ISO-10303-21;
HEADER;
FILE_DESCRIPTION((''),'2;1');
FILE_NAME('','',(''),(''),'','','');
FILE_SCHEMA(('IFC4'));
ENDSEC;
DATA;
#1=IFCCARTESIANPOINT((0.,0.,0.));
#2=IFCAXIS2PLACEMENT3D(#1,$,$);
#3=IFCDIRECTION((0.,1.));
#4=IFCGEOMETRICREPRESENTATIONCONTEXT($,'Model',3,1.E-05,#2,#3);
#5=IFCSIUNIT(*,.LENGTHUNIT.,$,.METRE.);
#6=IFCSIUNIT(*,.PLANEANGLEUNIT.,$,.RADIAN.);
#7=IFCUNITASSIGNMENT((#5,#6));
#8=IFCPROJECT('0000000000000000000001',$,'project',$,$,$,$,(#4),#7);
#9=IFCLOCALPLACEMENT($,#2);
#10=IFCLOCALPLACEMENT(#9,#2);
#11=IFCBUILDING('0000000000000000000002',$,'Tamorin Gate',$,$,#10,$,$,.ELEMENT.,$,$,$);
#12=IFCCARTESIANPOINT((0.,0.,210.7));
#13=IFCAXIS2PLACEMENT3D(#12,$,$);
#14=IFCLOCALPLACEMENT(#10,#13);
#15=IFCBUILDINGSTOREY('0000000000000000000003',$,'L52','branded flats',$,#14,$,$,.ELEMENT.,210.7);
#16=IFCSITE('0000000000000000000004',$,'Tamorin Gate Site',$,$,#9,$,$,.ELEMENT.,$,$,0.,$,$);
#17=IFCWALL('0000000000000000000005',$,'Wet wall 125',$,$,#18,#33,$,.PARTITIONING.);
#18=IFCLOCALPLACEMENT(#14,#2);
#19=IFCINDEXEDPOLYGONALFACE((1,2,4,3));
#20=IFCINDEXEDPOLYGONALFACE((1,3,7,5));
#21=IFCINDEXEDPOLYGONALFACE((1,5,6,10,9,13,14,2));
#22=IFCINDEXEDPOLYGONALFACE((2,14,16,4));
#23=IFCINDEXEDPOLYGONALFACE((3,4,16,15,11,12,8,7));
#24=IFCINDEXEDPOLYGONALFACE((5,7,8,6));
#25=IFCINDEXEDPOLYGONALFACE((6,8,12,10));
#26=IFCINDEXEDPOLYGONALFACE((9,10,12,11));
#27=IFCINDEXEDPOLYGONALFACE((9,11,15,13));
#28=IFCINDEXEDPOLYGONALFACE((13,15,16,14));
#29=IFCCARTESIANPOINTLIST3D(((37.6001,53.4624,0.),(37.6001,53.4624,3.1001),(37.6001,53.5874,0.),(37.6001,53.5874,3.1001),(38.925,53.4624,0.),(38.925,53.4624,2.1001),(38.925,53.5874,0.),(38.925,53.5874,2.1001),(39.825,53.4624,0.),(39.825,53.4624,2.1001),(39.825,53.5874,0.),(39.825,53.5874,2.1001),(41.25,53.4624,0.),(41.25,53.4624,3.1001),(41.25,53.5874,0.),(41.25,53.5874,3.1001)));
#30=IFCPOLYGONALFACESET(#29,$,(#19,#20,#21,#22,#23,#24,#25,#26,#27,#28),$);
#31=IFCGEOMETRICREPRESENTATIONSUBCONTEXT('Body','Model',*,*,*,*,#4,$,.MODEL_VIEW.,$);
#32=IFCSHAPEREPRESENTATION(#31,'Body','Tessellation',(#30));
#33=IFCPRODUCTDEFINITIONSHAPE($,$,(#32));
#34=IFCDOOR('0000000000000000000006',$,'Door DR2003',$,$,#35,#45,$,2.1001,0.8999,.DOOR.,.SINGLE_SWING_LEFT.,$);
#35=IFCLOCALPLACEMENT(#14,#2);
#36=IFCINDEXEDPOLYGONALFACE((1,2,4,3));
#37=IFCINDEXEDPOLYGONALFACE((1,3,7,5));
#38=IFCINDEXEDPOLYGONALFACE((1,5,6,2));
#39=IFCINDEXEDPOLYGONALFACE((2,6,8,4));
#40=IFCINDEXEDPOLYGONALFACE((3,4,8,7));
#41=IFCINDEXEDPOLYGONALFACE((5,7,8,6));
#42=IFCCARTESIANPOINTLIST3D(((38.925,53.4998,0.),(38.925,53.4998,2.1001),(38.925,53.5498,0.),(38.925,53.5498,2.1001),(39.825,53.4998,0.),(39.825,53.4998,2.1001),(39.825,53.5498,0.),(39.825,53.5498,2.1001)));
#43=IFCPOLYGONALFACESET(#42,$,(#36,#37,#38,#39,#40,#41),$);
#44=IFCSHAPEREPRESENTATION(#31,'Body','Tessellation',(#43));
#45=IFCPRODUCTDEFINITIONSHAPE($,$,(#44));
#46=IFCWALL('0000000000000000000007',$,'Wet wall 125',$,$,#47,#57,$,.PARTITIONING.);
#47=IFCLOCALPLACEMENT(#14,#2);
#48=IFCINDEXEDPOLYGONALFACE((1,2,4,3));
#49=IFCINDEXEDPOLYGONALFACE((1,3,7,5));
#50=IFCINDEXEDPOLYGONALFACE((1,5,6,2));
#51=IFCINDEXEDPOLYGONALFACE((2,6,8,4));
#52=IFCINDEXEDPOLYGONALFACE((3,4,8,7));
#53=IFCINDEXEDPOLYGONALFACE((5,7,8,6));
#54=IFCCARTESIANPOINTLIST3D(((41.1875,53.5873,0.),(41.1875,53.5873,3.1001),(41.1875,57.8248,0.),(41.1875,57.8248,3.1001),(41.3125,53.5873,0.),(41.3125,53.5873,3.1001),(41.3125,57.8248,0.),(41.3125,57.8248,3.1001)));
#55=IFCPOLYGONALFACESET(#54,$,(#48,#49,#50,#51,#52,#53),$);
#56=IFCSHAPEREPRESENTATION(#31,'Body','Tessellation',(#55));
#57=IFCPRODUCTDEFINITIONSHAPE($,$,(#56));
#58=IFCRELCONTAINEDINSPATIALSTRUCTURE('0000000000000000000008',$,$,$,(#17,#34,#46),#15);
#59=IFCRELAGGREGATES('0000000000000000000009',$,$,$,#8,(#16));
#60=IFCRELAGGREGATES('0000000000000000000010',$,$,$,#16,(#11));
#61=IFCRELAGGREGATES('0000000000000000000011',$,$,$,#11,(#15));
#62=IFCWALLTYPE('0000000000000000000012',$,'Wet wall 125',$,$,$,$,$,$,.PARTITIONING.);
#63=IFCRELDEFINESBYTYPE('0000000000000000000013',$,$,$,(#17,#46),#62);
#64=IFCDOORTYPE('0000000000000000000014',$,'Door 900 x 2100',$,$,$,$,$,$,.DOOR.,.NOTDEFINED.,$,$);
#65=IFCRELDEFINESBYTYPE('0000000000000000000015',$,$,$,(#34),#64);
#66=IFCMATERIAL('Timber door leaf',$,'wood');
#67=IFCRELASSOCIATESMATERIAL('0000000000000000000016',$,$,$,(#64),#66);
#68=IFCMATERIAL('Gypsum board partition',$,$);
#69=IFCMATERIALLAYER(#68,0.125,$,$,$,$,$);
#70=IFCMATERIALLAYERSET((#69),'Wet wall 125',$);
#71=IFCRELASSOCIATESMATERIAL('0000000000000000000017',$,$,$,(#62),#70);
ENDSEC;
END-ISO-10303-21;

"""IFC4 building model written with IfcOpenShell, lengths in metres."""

from ifc_helpers import new_model, si_unit, direction, frame, frame_2d, origin, place, context, subcontext, project, spatial, rectangle, extrude, material, layer, layer_set, type_object, element, fill, save


model = new_model("IFC4")

# Units and contexts
model_context = context("Model", 3, precision=1e-05, world=origin(), true_north=direction((0.0, 1.0)))
body_context = subcontext(model_context, "Body", "Model", "MODEL_VIEW")
ifc_project = project(units=[si_unit("LENGTHUNIT", "METRE"), si_unit("PLANEANGLEUNIT", "RADIAN")], contexts=[model_context])

# Site, building, storey
site_placement = place(None, origin())
site = spatial("IfcSite", under=ifc_project, at=site_placement, Name="Tamorin Gate Site", CompositionType="ELEMENT", RefElevation=0.0)
building_placement = place(site_placement, origin())
building = spatial("IfcBuilding", under=site, at=building_placement, Name="Tamorin Gate", CompositionType="ELEMENT")
storey_placement = place(building_placement, frame((0.0, 0.0, 210.7)))
storey = spatial("IfcBuildingStorey", under=building, at=storey_placement, Name="L52", Description="branded flats", CompositionType="ELEMENT", Elevation=210.7)

# Shared definitions
ifc_material_1 = material(Name="Gypsum board partition")

# Shared definitions
ifc_material_2 = material(Name="Timber door leaf", Category="wood")
door_type = type_object("IfcDoorType", Name="Door 900 x 2100", OperationType="NOTDEFINED", PredefinedType="DOOR", material=ifc_material_2)

# Wall, opening, door
ifc_layer_1 = layer(ifc_material_1, 0.125)
ifc_layer_set_1 = layer_set([ifc_layer_1], Name="Wet wall 125")
wall_type_1 = type_object("IfcWallType", Name="Wet wall 125", PredefinedType="PARTITIONING", material=ifc_layer_set_1)
wall_1_placement = place(storey_placement, frame((37.6001, 53.5249, 0.0), z_axis=(0.0, 0.0, 1.0), x_axis=(1.0, 0.0, 0.0)))
wall_1 = element("IfcWall", 1, at=wall_1_placement, inside=storey, type_object=wall_type_1, Name="Wet wall 125", PredefinedType="PARTITIONING", context=body_context, shape_type="SweptSolid", body=[
    extrude(rectangle(XDim=3.6499, YDim=0.125, at=frame_2d((1.825, 0.0))), origin(), (0.0, 0.0, 1.0), 3.1001),
])
opening_1_placement = place(wall_1_placement, frame((1.325, 0.0, 0.0)))
opening_1 = element("IfcOpeningElement", 2, at=opening_1_placement, cuts=wall_1, PredefinedType="OPENING", context=body_context, shape_type="SweptSolid", body=[
    extrude(rectangle(XDim=0.8999, YDim=2.1001, at=frame_2d((0.45, 1.05))), frame((0.0, 0.0725, 0.0), z_axis=(0.0, -1.0, 0.0), x_axis=(1.0, 0.0, 0.0)), (0.0, 0.0, 1.0), 0.145),
])
door_1_placement = place(opening_1_placement, origin())
door_1 = element("IfcDoor", 3, at=door_1_placement, inside=storey, type_object=door_type, Name="Door DR2003", OperationType="SINGLE_SWING_LEFT", OverallHeight=2.1001, OverallWidth=0.8999, PredefinedType="DOOR", context=body_context, shape_type="SweptSolid", body=[
    extrude(rectangle(XDim=0.8999, YDim=2.1001, at=frame_2d((0.45, 1.05))), frame((0.0, 0.0249, 0.0), z_axis=(0.0, -1.0, 0.0), x_axis=(1.0, 0.0, 0.0)), (0.0, 0.0, 1.0), 0.05),
])
fill(opening_1, door_1)

# Wall
wall_2_placement = place(storey_placement, frame((41.25, 53.5874, 0.0), z_axis=(0.0, 0.0, 1.0), x_axis=(0.0, 1.0, 0.0)))
element("IfcWall", 4, at=wall_2_placement, inside=storey, type_object=wall_type_1, Name="Wet wall 125", PredefinedType="PARTITIONING", context=body_context, shape_type="SweptSolid", body=[
    extrude(rectangle(XDim=4.2375, YDim=0.125, at=frame_2d((2.1187, 0.0))), origin(), (0.0, 0.0, 1.0), 3.1001),
])

save(model, "model.ifc")
